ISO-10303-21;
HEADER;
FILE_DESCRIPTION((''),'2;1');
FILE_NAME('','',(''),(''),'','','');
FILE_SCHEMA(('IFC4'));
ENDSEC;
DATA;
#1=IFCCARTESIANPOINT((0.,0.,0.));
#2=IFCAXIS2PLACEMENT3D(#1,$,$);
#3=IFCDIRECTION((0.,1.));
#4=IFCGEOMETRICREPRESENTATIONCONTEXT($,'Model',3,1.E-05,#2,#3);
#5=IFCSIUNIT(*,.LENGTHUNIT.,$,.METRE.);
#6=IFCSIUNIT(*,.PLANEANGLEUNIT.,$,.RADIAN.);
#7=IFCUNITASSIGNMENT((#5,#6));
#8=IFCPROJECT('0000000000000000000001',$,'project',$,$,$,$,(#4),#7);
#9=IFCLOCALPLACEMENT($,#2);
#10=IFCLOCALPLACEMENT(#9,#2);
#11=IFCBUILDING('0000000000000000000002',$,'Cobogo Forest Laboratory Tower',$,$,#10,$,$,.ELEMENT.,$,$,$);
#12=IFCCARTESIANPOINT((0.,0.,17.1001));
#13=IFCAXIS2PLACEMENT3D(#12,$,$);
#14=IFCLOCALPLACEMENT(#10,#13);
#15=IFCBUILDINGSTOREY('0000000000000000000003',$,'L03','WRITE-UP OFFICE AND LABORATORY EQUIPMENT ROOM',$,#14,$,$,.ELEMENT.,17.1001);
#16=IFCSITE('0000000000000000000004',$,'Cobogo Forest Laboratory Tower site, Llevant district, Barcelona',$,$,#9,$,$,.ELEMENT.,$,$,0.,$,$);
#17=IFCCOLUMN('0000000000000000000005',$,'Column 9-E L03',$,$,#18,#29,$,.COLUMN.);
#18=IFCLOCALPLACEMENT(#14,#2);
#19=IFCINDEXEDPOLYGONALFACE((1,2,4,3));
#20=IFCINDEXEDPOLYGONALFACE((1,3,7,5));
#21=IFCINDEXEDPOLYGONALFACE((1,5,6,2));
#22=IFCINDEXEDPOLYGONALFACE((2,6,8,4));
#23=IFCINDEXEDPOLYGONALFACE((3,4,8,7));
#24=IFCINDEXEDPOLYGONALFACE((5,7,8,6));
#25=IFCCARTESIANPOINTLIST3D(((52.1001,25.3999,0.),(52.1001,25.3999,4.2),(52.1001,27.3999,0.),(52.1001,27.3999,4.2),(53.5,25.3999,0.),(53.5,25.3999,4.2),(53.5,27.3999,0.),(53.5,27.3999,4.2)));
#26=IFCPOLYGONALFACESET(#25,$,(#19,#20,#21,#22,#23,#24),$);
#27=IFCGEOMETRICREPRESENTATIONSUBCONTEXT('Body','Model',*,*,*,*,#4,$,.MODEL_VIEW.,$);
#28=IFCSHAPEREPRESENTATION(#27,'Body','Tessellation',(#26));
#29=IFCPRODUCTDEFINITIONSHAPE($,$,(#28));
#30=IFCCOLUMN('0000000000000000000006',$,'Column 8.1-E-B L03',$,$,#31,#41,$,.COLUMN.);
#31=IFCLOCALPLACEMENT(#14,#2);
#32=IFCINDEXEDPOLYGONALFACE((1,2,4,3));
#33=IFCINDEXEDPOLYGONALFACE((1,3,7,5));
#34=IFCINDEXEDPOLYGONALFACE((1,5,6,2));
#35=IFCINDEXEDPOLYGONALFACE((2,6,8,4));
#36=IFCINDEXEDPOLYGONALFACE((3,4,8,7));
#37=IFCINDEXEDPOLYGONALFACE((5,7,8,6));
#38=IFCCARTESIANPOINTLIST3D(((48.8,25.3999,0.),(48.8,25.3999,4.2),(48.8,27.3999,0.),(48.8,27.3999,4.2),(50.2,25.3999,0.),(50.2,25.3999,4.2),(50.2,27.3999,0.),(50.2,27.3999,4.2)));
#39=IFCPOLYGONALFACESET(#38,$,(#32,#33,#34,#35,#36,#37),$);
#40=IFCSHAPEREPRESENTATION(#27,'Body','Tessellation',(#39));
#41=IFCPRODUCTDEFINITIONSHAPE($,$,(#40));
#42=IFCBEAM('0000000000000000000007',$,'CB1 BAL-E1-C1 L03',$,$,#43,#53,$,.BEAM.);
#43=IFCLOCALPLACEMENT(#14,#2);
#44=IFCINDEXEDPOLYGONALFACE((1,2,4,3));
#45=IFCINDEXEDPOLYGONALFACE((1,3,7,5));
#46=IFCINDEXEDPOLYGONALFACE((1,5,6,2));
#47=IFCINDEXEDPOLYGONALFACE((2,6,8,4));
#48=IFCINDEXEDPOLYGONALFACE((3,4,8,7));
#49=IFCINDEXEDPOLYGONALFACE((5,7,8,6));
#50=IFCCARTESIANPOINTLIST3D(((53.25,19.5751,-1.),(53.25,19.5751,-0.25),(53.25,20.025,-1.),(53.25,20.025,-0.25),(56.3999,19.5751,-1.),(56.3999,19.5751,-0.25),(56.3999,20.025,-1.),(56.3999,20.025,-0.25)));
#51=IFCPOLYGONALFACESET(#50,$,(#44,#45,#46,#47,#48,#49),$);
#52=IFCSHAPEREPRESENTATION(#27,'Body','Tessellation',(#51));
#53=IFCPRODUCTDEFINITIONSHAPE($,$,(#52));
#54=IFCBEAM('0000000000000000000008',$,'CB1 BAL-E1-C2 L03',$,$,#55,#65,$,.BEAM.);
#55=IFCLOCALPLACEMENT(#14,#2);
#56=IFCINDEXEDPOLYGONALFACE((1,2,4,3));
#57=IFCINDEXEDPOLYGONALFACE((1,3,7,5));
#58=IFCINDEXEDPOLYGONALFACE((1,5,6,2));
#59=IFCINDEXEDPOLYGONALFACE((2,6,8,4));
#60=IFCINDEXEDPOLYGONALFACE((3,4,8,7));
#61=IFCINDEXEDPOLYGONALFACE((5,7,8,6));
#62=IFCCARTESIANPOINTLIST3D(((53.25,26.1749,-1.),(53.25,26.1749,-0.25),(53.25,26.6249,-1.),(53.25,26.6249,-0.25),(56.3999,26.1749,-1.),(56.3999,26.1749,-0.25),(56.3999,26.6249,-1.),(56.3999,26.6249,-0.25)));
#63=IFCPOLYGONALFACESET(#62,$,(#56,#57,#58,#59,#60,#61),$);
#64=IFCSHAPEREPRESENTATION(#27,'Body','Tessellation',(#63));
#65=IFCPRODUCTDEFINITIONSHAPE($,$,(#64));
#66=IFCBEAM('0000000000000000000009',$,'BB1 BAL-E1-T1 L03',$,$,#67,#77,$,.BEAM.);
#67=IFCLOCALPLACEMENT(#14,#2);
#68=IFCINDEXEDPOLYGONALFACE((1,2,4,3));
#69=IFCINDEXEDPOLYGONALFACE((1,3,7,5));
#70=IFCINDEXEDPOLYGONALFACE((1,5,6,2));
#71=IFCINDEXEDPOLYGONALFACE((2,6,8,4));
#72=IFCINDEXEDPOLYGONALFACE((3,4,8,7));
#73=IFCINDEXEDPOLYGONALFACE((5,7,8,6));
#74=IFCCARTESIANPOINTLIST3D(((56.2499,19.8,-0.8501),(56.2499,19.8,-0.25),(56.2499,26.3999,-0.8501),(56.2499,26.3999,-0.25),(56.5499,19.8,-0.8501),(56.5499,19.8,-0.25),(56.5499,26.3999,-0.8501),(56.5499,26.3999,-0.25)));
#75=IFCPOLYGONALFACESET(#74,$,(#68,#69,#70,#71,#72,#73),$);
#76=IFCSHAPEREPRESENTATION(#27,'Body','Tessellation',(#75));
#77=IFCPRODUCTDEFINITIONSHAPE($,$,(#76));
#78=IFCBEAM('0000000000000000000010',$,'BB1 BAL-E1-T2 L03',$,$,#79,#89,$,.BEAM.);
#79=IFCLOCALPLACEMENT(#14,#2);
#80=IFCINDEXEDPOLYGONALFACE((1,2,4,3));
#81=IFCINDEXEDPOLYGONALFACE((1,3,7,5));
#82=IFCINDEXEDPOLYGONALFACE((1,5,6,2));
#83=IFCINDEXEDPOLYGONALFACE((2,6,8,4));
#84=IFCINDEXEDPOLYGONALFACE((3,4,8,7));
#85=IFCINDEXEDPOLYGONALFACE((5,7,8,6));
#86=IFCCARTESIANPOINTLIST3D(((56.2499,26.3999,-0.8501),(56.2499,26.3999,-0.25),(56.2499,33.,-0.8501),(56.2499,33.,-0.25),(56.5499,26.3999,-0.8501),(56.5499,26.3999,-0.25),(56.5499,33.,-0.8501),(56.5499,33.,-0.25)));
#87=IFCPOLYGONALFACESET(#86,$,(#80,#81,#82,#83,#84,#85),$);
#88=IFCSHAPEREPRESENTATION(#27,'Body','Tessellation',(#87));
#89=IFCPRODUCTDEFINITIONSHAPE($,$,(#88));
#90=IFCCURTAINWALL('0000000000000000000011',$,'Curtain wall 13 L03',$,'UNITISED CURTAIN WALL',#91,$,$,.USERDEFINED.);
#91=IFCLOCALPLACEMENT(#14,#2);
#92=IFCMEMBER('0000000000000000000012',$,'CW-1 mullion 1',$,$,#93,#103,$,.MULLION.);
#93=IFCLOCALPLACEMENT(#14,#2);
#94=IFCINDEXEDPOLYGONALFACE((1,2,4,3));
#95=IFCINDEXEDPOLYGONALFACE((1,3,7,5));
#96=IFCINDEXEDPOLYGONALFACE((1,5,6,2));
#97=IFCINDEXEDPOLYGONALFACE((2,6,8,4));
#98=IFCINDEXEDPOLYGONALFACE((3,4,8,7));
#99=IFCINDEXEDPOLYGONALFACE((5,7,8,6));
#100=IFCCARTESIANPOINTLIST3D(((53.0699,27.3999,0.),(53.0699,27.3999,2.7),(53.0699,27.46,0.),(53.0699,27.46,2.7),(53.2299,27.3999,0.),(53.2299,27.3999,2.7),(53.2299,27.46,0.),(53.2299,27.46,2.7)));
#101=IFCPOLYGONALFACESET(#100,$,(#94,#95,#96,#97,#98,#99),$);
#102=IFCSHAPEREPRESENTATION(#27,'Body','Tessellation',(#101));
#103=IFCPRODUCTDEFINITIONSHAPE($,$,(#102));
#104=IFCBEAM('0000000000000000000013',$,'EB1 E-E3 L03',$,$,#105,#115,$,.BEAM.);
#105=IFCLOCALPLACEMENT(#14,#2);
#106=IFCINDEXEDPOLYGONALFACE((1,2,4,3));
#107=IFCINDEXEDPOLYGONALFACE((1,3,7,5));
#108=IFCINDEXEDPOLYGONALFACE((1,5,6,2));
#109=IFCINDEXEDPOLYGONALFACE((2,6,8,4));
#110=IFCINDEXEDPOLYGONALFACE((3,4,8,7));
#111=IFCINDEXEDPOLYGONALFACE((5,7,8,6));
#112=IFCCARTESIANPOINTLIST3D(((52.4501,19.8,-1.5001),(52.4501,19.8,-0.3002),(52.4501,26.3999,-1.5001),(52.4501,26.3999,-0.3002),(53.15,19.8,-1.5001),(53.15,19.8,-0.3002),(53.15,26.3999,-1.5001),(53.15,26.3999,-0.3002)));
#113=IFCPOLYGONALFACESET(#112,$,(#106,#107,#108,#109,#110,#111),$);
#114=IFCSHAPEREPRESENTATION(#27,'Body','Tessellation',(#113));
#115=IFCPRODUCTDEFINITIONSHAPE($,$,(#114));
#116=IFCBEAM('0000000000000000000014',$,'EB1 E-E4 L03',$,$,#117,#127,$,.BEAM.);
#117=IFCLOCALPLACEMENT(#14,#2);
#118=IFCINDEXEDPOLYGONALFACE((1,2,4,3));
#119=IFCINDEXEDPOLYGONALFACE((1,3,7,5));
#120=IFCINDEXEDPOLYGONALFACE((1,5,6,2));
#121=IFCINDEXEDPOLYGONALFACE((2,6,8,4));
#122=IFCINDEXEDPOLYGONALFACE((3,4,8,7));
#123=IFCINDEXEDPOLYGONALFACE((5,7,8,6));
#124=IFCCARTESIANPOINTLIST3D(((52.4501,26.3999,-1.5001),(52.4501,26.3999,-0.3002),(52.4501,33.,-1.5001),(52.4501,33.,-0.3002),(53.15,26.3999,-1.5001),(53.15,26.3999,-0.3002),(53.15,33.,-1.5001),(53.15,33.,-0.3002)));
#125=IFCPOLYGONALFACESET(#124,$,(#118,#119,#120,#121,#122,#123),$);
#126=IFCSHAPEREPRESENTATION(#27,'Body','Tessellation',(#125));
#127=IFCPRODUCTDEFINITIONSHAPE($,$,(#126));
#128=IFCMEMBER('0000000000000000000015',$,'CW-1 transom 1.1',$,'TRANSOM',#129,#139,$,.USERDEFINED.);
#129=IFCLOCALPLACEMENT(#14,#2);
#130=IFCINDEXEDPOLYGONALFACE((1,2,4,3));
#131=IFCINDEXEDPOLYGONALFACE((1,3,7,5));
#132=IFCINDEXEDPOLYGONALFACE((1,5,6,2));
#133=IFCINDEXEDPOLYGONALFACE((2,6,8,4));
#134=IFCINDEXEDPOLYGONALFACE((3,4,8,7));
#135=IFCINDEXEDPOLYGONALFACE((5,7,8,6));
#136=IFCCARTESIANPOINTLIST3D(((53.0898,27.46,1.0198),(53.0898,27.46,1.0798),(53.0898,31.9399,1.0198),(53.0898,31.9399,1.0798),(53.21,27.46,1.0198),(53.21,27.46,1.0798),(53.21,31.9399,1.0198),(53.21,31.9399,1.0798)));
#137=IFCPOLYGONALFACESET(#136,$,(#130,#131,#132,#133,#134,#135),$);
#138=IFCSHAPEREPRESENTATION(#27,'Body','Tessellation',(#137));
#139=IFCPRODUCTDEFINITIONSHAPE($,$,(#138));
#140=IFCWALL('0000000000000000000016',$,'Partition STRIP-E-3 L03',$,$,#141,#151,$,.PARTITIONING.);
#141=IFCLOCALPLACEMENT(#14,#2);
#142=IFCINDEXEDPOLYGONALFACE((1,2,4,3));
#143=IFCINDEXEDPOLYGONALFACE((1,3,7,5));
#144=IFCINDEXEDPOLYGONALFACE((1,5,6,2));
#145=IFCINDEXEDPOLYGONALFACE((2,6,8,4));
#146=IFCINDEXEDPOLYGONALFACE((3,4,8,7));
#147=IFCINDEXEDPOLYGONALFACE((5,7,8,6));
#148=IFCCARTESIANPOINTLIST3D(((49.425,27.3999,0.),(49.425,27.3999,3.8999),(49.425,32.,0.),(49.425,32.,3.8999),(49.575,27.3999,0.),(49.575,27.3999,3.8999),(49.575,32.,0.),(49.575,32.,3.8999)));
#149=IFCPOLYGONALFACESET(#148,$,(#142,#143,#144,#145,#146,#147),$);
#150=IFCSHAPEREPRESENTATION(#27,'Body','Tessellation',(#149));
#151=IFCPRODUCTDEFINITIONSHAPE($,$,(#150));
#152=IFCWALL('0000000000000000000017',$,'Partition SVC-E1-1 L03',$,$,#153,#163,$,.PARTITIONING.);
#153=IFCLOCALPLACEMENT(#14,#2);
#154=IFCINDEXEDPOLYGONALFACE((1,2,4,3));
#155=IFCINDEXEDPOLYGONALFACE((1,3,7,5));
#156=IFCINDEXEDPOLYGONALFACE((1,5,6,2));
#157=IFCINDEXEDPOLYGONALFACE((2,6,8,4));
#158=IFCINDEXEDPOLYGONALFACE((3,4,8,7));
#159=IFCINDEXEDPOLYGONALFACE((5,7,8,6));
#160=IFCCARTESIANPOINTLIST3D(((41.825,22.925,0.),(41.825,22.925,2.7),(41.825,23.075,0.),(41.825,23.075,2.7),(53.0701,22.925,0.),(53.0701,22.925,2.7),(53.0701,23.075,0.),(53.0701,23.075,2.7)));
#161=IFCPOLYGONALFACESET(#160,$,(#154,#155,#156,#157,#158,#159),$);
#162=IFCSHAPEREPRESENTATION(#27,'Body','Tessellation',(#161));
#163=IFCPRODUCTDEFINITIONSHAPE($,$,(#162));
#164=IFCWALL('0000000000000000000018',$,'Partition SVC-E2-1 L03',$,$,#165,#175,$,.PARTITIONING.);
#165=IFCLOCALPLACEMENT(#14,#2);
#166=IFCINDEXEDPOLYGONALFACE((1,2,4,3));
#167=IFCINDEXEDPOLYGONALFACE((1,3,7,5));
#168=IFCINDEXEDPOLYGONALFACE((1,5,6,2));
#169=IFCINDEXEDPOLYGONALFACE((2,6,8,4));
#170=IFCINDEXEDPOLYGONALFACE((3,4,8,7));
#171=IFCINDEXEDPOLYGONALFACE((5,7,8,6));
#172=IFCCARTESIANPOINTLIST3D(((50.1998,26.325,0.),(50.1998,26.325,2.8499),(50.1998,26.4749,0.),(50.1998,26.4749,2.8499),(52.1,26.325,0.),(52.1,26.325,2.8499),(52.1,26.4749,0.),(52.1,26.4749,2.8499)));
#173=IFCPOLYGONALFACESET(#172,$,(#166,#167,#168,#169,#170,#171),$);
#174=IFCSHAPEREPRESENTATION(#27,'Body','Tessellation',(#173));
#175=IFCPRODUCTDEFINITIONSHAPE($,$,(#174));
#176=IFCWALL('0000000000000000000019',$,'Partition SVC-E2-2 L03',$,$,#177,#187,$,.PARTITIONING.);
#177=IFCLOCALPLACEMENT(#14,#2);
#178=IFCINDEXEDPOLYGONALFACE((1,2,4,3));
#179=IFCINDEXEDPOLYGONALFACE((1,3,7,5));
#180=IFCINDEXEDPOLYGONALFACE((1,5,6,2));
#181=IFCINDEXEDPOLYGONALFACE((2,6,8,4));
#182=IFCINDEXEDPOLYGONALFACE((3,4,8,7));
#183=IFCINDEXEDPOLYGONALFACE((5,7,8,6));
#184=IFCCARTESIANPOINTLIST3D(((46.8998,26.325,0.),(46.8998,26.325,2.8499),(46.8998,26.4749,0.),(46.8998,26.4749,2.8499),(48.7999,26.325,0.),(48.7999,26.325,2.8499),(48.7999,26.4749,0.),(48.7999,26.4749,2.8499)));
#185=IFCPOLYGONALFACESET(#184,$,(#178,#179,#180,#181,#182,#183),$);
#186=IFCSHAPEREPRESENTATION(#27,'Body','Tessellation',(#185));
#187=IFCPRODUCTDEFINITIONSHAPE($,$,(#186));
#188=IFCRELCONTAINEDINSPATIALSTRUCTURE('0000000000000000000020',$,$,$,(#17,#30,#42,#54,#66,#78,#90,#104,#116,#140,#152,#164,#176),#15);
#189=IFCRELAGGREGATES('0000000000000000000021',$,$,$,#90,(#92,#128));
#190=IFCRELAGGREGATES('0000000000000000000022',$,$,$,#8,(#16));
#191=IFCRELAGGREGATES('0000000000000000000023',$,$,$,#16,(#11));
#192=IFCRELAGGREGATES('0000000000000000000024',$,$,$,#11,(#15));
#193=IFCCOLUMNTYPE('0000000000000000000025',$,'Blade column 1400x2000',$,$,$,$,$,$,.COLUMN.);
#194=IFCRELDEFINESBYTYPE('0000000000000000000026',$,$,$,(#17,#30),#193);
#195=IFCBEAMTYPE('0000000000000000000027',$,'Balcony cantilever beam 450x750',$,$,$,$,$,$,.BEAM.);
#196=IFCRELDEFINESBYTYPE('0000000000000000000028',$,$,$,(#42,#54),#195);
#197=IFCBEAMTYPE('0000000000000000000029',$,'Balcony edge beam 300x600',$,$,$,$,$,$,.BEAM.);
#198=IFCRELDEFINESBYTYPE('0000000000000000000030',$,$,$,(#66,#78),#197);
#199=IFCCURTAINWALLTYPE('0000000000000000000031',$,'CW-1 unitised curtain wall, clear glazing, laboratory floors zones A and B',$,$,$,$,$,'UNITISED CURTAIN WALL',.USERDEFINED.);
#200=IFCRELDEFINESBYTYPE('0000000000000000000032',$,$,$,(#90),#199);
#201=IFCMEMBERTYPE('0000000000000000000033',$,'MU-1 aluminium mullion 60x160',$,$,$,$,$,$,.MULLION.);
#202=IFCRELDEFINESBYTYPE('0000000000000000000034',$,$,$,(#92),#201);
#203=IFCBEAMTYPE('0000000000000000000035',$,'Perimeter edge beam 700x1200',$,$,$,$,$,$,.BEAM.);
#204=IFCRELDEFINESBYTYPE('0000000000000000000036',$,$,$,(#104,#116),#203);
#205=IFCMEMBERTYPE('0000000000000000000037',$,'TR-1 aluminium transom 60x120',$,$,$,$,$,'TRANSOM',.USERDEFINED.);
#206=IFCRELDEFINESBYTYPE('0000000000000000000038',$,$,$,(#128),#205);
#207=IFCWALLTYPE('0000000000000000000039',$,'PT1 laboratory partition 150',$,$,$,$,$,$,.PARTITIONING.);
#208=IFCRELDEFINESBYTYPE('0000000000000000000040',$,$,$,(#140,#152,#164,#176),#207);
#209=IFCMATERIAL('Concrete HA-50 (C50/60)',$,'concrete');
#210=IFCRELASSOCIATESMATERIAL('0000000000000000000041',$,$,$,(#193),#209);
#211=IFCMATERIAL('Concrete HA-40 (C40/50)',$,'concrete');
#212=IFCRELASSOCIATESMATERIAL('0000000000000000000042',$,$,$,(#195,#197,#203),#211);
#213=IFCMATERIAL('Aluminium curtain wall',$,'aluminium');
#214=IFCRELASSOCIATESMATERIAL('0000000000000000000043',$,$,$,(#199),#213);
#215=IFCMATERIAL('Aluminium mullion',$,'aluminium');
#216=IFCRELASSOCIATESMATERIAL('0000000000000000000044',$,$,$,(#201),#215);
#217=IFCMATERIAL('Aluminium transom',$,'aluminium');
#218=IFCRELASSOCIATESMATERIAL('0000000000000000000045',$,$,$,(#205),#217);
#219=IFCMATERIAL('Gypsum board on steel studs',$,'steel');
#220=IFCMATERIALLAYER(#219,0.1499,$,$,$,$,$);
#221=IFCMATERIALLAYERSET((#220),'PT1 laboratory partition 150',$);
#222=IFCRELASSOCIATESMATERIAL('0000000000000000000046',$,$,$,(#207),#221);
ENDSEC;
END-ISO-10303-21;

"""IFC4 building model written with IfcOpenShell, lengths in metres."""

from ifc_helpers import new_model, si_unit, direction, frame, frame_2d, origin, origin_2d, place, context, subcontext, project, spatial, rectangle, extrude, material, layer, layer_set, material_profile, profile_set, type_object, element, aggregate, save


model = new_model("IFC4")

# Units and contexts
model_context = context("Model", 3, precision=1e-05, world=origin(), true_north=direction((0.0, 1.0)))
body_context = subcontext(model_context, "Body", "Model", "MODEL_VIEW")
ifc_project = project(units=[si_unit("LENGTHUNIT", "METRE"), si_unit("PLANEANGLEUNIT", "RADIAN")], contexts=[model_context])

# Site, building, storey
site_placement = place(None, origin())
site = spatial("IfcSite", under=ifc_project, at=site_placement, Name="Cobogo Forest Laboratory Tower site, Llevant district, Barcelona", CompositionType="ELEMENT", RefElevation=0.0)
building_placement = place(site_placement, origin())
building = spatial("IfcBuilding", under=site, at=building_placement, Name="Cobogo Forest Laboratory Tower", CompositionType="ELEMENT")
storey_placement = place(building_placement, frame((0.0, 0.0, 17.1001)))
storey = spatial("IfcBuildingStorey", under=building, at=storey_placement, Name="L03", Description="WRITE-UP OFFICE AND LABORATORY EQUIPMENT ROOM", CompositionType="ELEMENT", Elevation=17.1001)

# Columns
ifc_material_1 = material(Name="Concrete HA-50 (C50/60)", Category="concrete")
ifc_material_profile_1 = material_profile(ifc_material_1, rectangle(XDim=2.0, YDim=1.3999, at=origin_2d()), Name="RC 1400x2000")
ifc_profile_set_1 = profile_set([ifc_material_profile_1], Name="Concrete HA-50 (C50/60)")
column_type = type_object("IfcColumnType", Name="Blade column 1400x2000", PredefinedType="COLUMN", material=ifc_profile_set_1)
for number, where, z_axis, x_axis, name in (
    (1, (52.8, 26.3999, 0.0), (0.0, 0.0, 1.0), (0.0, 1.0, 0.0), "Column 9-E L03"),
    (2, (49.5, 26.3999, 0.0), (0.0, 0.0, 1.0), (0.0, 1.0, 0.0), "Column 8.1-E-B L03"),
):
    element("IfcColumn", number, at=place(storey_placement, frame(where, z_axis=z_axis, x_axis=x_axis)), inside=storey, type_object=column_type, Name=name, PredefinedType="COLUMN", context=body_context, shape_type="SweptSolid", body=[
        extrude(rectangle(XDim=2.0, YDim=1.3999, at=origin_2d()), origin(), (0.0, 0.0, 1.0), 4.2),
    ])

# Beams
ifc_material_2 = material(Name="Concrete HA-40 (C40/50)", Category="concrete")
ifc_material_profile_2 = material_profile(ifc_material_2, rectangle(XDim=0.45, YDim=0.75, at=origin_2d()), Name="RC 450x750")
ifc_profile_set_2 = profile_set([ifc_material_profile_2], Name="Concrete HA-40 (C40/50)")
beam_type_1 = type_object("IfcBeamType", Name="Balcony cantilever beam 450x750", PredefinedType="BEAM", material=ifc_profile_set_2)
for number, where, z_axis, x_axis, name in (
    (3, (53.25, 19.8, -0.625), (1.0, 0.0, 0.0), (0.0, 1.0, 0.0), "CB1 BAL-E1-C1 L03"),
    (4, (53.25, 26.3999, -0.625), (1.0, 0.0, 0.0), (0.0, 1.0, 0.0), "CB1 BAL-E1-C2 L03"),
):
    element("IfcBeam", number, at=place(storey_placement, frame(where, z_axis=z_axis, x_axis=x_axis)), inside=storey, type_object=beam_type_1, Name=name, PredefinedType="BEAM", context=body_context, shape_type="SweptSolid", body=[
        extrude(rectangle(XDim=0.45, YDim=0.75, at=origin_2d()), origin(), (0.0, 0.0, 1.0), 3.1499),
    ])
ifc_material_profile_3 = material_profile(ifc_material_2, rectangle(XDim=0.3, YDim=0.6001, at=origin_2d()), Name="RC 300x600")
ifc_profile_set_3 = profile_set([ifc_material_profile_3], Name="Concrete HA-40 (C40/50)")
beam_type_2 = type_object("IfcBeamType", Name="Balcony edge beam 300x600", PredefinedType="BEAM", material=ifc_profile_set_3)
beam_1_placement = place(storey_placement, frame((56.3999, 19.8, -0.55), z_axis=(0.0, 1.0, 0.0), x_axis=(-1.0, 0.0, 0.0)))
element("IfcBeam", 5, at=beam_1_placement, inside=storey, type_object=beam_type_2, Name="BB1 BAL-E1-T1 L03", PredefinedType="BEAM", context=body_context, shape_type="SweptSolid", body=[
    extrude(rectangle(XDim=0.3, YDim=0.6001, at=origin_2d()), origin(), (0.0, 0.0, 1.0), 6.5999),
])
beam_2_placement = place(storey_placement, frame((56.3999, 26.3999, -0.55), z_axis=(0.0, 1.0, 0.0), x_axis=(-1.0, 0.0, 0.0)))
element("IfcBeam", 6, at=beam_2_placement, inside=storey, type_object=beam_type_2, Name="BB1 BAL-E1-T2 L03", PredefinedType="BEAM", context=body_context, shape_type="SweptSolid", body=[
    extrude(rectangle(XDim=0.3, YDim=0.6001, at=origin_2d()), origin(), (0.0, 0.0, 1.0), 6.6001),
])

# Curtain wall, member
ifc_material_3 = material(Name="Aluminium curtain wall", Category="aluminium")
curtain_wall_type = type_object("IfcCurtainWallType", Name="CW-1 unitised curtain wall, clear glazing, laboratory floors zones A and B", ElementType="UNITISED CURTAIN WALL", PredefinedType="USERDEFINED", material=ifc_material_3)
curtain_wall_placement = place(storey_placement, origin())
curtain_wall = element("IfcCurtainWall", 7, at=curtain_wall_placement, inside=storey, type_object=curtain_wall_type, Name="Curtain wall 13 L03", ObjectType="UNITISED CURTAIN WALL", PredefinedType="USERDEFINED")
ifc_material_4 = material(Name="Aluminium mullion", Category="aluminium")
ifc_material_profile_4 = material_profile(ifc_material_4, rectangle(XDim=0.0601, YDim=0.1599, at=origin_2d()), Name="AL 60x160")
ifc_profile_set_4 = profile_set([ifc_material_profile_4], Name="Aluminium mullion")
member_type_1 = type_object("IfcMemberType", Name="MU-1 aluminium mullion 60x160", PredefinedType="MULLION", material=ifc_profile_set_4)
member_1_placement = place(storey_placement, frame((53.1499, 27.4299, 0.0), z_axis=(0.0, 0.0, 1.0), x_axis=(0.0, 1.0, 0.0)))
member_1 = element("IfcMember", 8, at=member_1_placement, type_object=member_type_1, Name="CW-1 mullion 1", PredefinedType="MULLION", context=body_context, shape_type="SweptSolid", body=[
    extrude(rectangle(XDim=0.0601, YDim=0.1599, at=origin_2d()), origin(), (0.0, 0.0, 1.0), 2.7),
])

# Beams
ifc_material_profile_5 = material_profile(ifc_material_2, rectangle(XDim=0.7, YDim=1.2, at=origin_2d()), Name="RC 700x1200")
ifc_profile_set_5 = profile_set([ifc_material_profile_5], Name="Concrete HA-40 (C40/50)")
beam_type_3 = type_object("IfcBeamType", Name="Perimeter edge beam 700x1200", PredefinedType="BEAM", material=ifc_profile_set_5)
beam_3_placement = place(storey_placement, frame((52.8, 19.8, -0.9001), z_axis=(0.0, 1.0, 0.0), x_axis=(-1.0, 0.0, 0.0)))
element("IfcBeam", 9, at=beam_3_placement, inside=storey, type_object=beam_type_3, Name="EB1 E-E3 L03", PredefinedType="BEAM", context=body_context, shape_type="SweptSolid", body=[
    extrude(rectangle(XDim=0.7, YDim=1.2, at=origin_2d()), origin(), (0.0, 0.0, 1.0), 6.5999),
])
beam_4_placement = place(storey_placement, frame((52.8, 26.3999, -0.9001), z_axis=(0.0, 1.0, 0.0), x_axis=(-1.0, 0.0, 0.0)))
element("IfcBeam", 10, at=beam_4_placement, inside=storey, type_object=beam_type_3, Name="EB1 E-E4 L03", PredefinedType="BEAM", context=body_context, shape_type="SweptSolid", body=[
    extrude(rectangle(XDim=0.7, YDim=1.2, at=origin_2d()), origin(), (0.0, 0.0, 1.0), 6.6001),
])

# Member
ifc_material_5 = material(Name="Aluminium transom", Category="aluminium")
ifc_material_profile_6 = material_profile(ifc_material_5, rectangle(XDim=0.1201, YDim=0.0601, at=origin_2d()), Name="AL 60x120")
ifc_profile_set_6 = profile_set([ifc_material_profile_6], Name="Aluminium transom")
member_type_2 = type_object("IfcMemberType", Name="TR-1 aluminium transom 60x120", ElementType="TRANSOM", PredefinedType="USERDEFINED", material=ifc_profile_set_6)
member_2_placement = place(storey_placement, frame((53.1499, 27.46, 1.0498), z_axis=(0.0, 1.0, 0.0), x_axis=(-1.0, 0.0, 0.0)))
member_2 = element("IfcMember", 11, at=member_2_placement, type_object=member_type_2, Name="CW-1 transom 1.1", ObjectType="TRANSOM", PredefinedType="USERDEFINED", context=body_context, shape_type="SweptSolid", body=[
    extrude(rectangle(XDim=0.1201, YDim=0.0601, at=origin_2d()), origin(), (0.0, 0.0, 1.0), 4.48),
])
aggregate(curtain_wall, [member_1, member_2])

# Walls
ifc_material_6 = material(Name="Gypsum board on steel studs", Category="steel")
ifc_layer_1 = layer(ifc_material_6, 0.1499)
ifc_layer_set_1 = layer_set([ifc_layer_1], Name="PT1 laboratory partition 150")
wall_type_1 = type_object("IfcWallType", Name="PT1 laboratory partition 150", PredefinedType="PARTITIONING", material=ifc_layer_set_1)
wall_1_placement = place(storey_placement, frame((49.5, 27.3999, 0.0), z_axis=(0.0, 0.0, 1.0), x_axis=(0.0, 1.0, 0.0)))
element("IfcWall", 12, at=wall_1_placement, inside=storey, type_object=wall_type_1, Name="Partition STRIP-E-3 L03", PredefinedType="PARTITIONING", context=body_context, shape_type="SweptSolid", body=[
    extrude(rectangle(XDim=4.6001, YDim=0.1499, at=frame_2d((2.3, 0.0))), origin(), (0.0, 0.0, 1.0), 3.8999),
])
wall_2_placement = place(storey_placement, frame((53.0701, 23.0, 0.0), z_axis=(0.0, 0.0, 1.0), x_axis=(-1.0, 0.0, 0.0)))
element("IfcWall", 13, at=wall_2_placement, inside=storey, type_object=wall_type_1, Name="Partition SVC-E1-1 L03", PredefinedType="PARTITIONING", context=body_context, shape_type="SweptSolid", body=[
    extrude(rectangle(XDim=11.2451, YDim=0.1499, at=frame_2d((5.6226, 0.0))), origin(), (0.0, 0.0, 1.0), 2.7),
])
for number, where, z_axis, x_axis, name in (
    (14, (52.1001, 26.3999, 0.0), (0.0, 0.0, 1.0), (-1.0, 0.0, 0.0), "Partition SVC-E2-1 L03"),
    (15, (48.8, 26.3999, 0.0), (0.0, 0.0, 1.0), (-1.0, 0.0, 0.0), "Partition SVC-E2-2 L03"),
):
    element("IfcWall", number, at=place(storey_placement, frame(where, z_axis=z_axis, x_axis=x_axis)), inside=storey, type_object=wall_type_1, Name=name, PredefinedType="PARTITIONING", context=body_context, shape_type="SweptSolid", body=[
        extrude(rectangle(XDim=1.9001, YDim=0.1499, at=frame_2d((0.9502, 0.0))), origin(), (0.0, 0.0, 1.0), 2.8499),
    ])

save(model, "model.ifc")
